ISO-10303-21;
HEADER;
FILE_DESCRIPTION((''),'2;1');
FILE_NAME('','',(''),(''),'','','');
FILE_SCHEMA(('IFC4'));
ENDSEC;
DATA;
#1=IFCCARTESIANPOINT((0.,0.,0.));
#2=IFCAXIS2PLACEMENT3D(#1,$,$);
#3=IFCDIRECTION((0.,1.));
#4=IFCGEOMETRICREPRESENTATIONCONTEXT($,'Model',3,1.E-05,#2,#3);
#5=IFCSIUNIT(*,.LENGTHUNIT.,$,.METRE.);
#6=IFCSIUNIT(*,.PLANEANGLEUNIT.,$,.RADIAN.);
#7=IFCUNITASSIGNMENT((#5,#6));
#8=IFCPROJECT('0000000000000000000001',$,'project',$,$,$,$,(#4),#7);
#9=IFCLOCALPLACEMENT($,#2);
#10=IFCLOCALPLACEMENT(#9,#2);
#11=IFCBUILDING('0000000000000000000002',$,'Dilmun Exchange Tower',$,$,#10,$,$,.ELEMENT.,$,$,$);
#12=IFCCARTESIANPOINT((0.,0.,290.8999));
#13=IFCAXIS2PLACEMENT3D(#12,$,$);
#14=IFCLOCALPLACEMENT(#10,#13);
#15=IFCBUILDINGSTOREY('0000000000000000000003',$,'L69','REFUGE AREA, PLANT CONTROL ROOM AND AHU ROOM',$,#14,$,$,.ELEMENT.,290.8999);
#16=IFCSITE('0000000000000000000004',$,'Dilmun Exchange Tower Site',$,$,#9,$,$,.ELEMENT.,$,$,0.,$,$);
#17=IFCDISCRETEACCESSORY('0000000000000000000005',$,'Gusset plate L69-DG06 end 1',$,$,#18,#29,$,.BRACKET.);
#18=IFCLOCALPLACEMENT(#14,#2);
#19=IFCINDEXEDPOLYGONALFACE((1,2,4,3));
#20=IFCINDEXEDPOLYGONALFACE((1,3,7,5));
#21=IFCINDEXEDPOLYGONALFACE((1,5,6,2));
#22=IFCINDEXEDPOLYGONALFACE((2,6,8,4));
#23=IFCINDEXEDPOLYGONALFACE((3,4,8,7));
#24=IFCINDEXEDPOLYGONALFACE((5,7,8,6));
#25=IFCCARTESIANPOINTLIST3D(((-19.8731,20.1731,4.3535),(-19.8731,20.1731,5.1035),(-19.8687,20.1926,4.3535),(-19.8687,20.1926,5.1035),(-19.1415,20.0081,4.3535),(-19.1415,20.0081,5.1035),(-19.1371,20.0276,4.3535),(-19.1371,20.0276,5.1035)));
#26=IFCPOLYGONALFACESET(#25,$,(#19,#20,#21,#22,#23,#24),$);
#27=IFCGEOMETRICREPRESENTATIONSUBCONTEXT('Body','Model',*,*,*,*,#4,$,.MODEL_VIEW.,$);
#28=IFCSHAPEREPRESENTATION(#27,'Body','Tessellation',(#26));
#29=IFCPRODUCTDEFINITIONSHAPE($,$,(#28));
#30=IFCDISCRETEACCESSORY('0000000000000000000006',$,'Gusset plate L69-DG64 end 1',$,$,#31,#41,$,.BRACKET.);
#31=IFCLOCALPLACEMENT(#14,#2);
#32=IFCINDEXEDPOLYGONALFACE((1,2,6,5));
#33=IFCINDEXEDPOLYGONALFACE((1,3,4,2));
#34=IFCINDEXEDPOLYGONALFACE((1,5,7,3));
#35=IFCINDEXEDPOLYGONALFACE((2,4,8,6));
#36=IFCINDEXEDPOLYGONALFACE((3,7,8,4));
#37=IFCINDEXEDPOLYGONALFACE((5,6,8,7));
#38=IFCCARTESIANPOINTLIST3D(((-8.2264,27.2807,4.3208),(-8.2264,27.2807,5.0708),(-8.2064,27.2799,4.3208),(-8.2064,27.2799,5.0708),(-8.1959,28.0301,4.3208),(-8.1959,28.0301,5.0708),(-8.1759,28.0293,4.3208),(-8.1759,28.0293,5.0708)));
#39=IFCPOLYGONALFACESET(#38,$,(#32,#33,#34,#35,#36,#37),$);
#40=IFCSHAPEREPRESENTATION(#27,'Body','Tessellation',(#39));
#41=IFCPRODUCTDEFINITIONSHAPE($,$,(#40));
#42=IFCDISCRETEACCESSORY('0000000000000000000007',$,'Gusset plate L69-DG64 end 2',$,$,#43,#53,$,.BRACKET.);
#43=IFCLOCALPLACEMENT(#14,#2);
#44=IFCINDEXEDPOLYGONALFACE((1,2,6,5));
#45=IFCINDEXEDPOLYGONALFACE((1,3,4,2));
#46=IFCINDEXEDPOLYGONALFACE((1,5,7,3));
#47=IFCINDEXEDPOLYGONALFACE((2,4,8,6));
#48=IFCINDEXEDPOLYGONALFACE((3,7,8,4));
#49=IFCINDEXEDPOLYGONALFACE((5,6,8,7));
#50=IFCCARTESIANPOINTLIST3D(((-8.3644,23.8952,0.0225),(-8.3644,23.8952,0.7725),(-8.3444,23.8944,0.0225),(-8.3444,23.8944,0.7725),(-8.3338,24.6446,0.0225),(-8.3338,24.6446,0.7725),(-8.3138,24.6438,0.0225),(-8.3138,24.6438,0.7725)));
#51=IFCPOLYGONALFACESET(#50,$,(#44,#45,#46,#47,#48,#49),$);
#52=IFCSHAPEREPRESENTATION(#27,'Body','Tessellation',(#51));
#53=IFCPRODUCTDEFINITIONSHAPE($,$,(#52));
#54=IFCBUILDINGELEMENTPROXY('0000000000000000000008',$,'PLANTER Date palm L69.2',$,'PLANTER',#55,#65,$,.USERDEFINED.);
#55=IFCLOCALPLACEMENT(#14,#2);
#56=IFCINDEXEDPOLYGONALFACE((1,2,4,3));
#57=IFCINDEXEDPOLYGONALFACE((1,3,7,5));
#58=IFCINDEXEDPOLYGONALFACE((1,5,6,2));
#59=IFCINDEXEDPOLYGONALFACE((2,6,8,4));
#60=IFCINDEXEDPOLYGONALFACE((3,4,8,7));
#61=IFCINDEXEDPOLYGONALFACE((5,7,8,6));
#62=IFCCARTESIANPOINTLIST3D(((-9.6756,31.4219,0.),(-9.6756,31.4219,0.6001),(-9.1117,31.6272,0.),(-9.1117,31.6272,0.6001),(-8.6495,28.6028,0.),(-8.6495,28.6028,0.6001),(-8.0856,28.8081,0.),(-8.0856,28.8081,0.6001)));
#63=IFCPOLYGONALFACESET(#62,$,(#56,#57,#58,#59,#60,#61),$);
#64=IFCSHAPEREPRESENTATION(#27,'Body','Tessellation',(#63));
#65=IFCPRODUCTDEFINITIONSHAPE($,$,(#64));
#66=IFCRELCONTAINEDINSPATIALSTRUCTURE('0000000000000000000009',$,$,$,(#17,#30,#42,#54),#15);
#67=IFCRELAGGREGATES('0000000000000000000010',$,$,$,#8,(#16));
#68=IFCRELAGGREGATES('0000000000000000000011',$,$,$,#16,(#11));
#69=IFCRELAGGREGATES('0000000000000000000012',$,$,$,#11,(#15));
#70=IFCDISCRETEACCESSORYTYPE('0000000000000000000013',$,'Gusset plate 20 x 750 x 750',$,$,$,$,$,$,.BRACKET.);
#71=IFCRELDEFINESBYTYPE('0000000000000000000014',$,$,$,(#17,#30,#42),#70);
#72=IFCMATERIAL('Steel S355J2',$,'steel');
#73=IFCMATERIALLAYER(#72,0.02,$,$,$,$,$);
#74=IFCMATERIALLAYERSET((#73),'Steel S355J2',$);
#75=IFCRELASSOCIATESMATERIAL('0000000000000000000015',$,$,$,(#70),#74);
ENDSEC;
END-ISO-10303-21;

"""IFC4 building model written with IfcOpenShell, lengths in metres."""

from ifc_helpers import new_model, si_unit, direction, frame, origin, origin_2d, place, context, subcontext, project, spatial, rectangle, extrude, material, layer, layer_set, type_object, element, save


model = new_model("IFC4")

# Units and contexts
model_context = context("Model", 3, precision=1e-05, world=origin(), true_north=direction((0.0, 1.0)))
body_context = subcontext(model_context, "Body", "Model", "MODEL_VIEW")
ifc_project = project(units=[si_unit("LENGTHUNIT", "METRE"), si_unit("PLANEANGLEUNIT", "RADIAN")], contexts=[model_context])

# Site, building, storey
site_placement = place(None, origin())
site = spatial("IfcSite", under=ifc_project, at=site_placement, Name="Dilmun Exchange Tower Site", CompositionType="ELEMENT", RefElevation=0.0)
building_placement = place(site_placement, origin())
building = spatial("IfcBuilding", under=site, at=building_placement, Name="Dilmun Exchange Tower", CompositionType="ELEMENT")
storey_placement = place(building_placement, frame((0.0, 0.0, 290.8999)))
storey = spatial("IfcBuildingStorey", under=building, at=storey_placement, Name="L69", Description="REFUGE AREA, PLANT CONTROL ROOM AND AHU ROOM", CompositionType="ELEMENT", Elevation=290.8999)

# Discrete accessories
ifc_material_1 = material(Name="Steel S355J2", Category="steel")
ifc_layer_1 = layer(ifc_material_1, 0.02)
ifc_layer_set_1 = layer_set([ifc_layer_1], Name="Steel S355J2")
discrete_accessory_type = type_object("IfcDiscreteAccessoryType", Name="Gusset plate 20 x 750 x 750", PredefinedType="BRACKET", material=ifc_layer_set_1)
for number, where, z_axis, x_axis, name in (
    (1, (-19.5051, 20.1003, 4.3535), (0.0, 0.0, 1.0), (0.975516, -0.219928, 0.0), "Gusset plate L69-DG06 end 1"),
    (2, (-8.2012, 27.655, 4.3208), (0.0, 0.0, 1.0), (-0.040713, -0.999171, 0.0), "Gusset plate L69-DG64 end 1"),
    (3, (-8.3391, 24.2695, 0.0225), (0.0, 0.0, 1.0), (-0.040713, -0.999171, 0.0), "Gusset plate L69-DG64 end 2"),
):
    element("IfcDiscreteAccessory", number, at=place(storey_placement, frame(where, z_axis=z_axis, x_axis=x_axis)), inside=storey, type_object=discrete_accessory_type, Name=name, PredefinedType="BRACKET", context=body_context, shape_type="SweptSolid", body=[
        extrude(rectangle(XDim=0.75, YDim=0.02, at=origin_2d()), origin(), (0.0, 0.0, 1.0), 0.75),
    ])

# Building element proxy
proxy_placement = place(storey_placement, frame((-8.8806, 30.115, 0.0), z_axis=(0.0, 0.0, 1.0), x_axis=(-0.34202, 0.939693, 0.0)))
element("IfcBuildingElementProxy", 4, at=proxy_placement, inside=storey, Name="PLANTER Date palm L69.2", ObjectType="PLANTER", PredefinedType="USERDEFINED", context=body_context, shape_type="SweptSolid", body=[
    extrude(rectangle(XDim=3.0, YDim=0.6001, at=origin_2d()), origin(), (0.0, 0.0, 1.0), 0.6001),
])

save(model, "model.ifc")
